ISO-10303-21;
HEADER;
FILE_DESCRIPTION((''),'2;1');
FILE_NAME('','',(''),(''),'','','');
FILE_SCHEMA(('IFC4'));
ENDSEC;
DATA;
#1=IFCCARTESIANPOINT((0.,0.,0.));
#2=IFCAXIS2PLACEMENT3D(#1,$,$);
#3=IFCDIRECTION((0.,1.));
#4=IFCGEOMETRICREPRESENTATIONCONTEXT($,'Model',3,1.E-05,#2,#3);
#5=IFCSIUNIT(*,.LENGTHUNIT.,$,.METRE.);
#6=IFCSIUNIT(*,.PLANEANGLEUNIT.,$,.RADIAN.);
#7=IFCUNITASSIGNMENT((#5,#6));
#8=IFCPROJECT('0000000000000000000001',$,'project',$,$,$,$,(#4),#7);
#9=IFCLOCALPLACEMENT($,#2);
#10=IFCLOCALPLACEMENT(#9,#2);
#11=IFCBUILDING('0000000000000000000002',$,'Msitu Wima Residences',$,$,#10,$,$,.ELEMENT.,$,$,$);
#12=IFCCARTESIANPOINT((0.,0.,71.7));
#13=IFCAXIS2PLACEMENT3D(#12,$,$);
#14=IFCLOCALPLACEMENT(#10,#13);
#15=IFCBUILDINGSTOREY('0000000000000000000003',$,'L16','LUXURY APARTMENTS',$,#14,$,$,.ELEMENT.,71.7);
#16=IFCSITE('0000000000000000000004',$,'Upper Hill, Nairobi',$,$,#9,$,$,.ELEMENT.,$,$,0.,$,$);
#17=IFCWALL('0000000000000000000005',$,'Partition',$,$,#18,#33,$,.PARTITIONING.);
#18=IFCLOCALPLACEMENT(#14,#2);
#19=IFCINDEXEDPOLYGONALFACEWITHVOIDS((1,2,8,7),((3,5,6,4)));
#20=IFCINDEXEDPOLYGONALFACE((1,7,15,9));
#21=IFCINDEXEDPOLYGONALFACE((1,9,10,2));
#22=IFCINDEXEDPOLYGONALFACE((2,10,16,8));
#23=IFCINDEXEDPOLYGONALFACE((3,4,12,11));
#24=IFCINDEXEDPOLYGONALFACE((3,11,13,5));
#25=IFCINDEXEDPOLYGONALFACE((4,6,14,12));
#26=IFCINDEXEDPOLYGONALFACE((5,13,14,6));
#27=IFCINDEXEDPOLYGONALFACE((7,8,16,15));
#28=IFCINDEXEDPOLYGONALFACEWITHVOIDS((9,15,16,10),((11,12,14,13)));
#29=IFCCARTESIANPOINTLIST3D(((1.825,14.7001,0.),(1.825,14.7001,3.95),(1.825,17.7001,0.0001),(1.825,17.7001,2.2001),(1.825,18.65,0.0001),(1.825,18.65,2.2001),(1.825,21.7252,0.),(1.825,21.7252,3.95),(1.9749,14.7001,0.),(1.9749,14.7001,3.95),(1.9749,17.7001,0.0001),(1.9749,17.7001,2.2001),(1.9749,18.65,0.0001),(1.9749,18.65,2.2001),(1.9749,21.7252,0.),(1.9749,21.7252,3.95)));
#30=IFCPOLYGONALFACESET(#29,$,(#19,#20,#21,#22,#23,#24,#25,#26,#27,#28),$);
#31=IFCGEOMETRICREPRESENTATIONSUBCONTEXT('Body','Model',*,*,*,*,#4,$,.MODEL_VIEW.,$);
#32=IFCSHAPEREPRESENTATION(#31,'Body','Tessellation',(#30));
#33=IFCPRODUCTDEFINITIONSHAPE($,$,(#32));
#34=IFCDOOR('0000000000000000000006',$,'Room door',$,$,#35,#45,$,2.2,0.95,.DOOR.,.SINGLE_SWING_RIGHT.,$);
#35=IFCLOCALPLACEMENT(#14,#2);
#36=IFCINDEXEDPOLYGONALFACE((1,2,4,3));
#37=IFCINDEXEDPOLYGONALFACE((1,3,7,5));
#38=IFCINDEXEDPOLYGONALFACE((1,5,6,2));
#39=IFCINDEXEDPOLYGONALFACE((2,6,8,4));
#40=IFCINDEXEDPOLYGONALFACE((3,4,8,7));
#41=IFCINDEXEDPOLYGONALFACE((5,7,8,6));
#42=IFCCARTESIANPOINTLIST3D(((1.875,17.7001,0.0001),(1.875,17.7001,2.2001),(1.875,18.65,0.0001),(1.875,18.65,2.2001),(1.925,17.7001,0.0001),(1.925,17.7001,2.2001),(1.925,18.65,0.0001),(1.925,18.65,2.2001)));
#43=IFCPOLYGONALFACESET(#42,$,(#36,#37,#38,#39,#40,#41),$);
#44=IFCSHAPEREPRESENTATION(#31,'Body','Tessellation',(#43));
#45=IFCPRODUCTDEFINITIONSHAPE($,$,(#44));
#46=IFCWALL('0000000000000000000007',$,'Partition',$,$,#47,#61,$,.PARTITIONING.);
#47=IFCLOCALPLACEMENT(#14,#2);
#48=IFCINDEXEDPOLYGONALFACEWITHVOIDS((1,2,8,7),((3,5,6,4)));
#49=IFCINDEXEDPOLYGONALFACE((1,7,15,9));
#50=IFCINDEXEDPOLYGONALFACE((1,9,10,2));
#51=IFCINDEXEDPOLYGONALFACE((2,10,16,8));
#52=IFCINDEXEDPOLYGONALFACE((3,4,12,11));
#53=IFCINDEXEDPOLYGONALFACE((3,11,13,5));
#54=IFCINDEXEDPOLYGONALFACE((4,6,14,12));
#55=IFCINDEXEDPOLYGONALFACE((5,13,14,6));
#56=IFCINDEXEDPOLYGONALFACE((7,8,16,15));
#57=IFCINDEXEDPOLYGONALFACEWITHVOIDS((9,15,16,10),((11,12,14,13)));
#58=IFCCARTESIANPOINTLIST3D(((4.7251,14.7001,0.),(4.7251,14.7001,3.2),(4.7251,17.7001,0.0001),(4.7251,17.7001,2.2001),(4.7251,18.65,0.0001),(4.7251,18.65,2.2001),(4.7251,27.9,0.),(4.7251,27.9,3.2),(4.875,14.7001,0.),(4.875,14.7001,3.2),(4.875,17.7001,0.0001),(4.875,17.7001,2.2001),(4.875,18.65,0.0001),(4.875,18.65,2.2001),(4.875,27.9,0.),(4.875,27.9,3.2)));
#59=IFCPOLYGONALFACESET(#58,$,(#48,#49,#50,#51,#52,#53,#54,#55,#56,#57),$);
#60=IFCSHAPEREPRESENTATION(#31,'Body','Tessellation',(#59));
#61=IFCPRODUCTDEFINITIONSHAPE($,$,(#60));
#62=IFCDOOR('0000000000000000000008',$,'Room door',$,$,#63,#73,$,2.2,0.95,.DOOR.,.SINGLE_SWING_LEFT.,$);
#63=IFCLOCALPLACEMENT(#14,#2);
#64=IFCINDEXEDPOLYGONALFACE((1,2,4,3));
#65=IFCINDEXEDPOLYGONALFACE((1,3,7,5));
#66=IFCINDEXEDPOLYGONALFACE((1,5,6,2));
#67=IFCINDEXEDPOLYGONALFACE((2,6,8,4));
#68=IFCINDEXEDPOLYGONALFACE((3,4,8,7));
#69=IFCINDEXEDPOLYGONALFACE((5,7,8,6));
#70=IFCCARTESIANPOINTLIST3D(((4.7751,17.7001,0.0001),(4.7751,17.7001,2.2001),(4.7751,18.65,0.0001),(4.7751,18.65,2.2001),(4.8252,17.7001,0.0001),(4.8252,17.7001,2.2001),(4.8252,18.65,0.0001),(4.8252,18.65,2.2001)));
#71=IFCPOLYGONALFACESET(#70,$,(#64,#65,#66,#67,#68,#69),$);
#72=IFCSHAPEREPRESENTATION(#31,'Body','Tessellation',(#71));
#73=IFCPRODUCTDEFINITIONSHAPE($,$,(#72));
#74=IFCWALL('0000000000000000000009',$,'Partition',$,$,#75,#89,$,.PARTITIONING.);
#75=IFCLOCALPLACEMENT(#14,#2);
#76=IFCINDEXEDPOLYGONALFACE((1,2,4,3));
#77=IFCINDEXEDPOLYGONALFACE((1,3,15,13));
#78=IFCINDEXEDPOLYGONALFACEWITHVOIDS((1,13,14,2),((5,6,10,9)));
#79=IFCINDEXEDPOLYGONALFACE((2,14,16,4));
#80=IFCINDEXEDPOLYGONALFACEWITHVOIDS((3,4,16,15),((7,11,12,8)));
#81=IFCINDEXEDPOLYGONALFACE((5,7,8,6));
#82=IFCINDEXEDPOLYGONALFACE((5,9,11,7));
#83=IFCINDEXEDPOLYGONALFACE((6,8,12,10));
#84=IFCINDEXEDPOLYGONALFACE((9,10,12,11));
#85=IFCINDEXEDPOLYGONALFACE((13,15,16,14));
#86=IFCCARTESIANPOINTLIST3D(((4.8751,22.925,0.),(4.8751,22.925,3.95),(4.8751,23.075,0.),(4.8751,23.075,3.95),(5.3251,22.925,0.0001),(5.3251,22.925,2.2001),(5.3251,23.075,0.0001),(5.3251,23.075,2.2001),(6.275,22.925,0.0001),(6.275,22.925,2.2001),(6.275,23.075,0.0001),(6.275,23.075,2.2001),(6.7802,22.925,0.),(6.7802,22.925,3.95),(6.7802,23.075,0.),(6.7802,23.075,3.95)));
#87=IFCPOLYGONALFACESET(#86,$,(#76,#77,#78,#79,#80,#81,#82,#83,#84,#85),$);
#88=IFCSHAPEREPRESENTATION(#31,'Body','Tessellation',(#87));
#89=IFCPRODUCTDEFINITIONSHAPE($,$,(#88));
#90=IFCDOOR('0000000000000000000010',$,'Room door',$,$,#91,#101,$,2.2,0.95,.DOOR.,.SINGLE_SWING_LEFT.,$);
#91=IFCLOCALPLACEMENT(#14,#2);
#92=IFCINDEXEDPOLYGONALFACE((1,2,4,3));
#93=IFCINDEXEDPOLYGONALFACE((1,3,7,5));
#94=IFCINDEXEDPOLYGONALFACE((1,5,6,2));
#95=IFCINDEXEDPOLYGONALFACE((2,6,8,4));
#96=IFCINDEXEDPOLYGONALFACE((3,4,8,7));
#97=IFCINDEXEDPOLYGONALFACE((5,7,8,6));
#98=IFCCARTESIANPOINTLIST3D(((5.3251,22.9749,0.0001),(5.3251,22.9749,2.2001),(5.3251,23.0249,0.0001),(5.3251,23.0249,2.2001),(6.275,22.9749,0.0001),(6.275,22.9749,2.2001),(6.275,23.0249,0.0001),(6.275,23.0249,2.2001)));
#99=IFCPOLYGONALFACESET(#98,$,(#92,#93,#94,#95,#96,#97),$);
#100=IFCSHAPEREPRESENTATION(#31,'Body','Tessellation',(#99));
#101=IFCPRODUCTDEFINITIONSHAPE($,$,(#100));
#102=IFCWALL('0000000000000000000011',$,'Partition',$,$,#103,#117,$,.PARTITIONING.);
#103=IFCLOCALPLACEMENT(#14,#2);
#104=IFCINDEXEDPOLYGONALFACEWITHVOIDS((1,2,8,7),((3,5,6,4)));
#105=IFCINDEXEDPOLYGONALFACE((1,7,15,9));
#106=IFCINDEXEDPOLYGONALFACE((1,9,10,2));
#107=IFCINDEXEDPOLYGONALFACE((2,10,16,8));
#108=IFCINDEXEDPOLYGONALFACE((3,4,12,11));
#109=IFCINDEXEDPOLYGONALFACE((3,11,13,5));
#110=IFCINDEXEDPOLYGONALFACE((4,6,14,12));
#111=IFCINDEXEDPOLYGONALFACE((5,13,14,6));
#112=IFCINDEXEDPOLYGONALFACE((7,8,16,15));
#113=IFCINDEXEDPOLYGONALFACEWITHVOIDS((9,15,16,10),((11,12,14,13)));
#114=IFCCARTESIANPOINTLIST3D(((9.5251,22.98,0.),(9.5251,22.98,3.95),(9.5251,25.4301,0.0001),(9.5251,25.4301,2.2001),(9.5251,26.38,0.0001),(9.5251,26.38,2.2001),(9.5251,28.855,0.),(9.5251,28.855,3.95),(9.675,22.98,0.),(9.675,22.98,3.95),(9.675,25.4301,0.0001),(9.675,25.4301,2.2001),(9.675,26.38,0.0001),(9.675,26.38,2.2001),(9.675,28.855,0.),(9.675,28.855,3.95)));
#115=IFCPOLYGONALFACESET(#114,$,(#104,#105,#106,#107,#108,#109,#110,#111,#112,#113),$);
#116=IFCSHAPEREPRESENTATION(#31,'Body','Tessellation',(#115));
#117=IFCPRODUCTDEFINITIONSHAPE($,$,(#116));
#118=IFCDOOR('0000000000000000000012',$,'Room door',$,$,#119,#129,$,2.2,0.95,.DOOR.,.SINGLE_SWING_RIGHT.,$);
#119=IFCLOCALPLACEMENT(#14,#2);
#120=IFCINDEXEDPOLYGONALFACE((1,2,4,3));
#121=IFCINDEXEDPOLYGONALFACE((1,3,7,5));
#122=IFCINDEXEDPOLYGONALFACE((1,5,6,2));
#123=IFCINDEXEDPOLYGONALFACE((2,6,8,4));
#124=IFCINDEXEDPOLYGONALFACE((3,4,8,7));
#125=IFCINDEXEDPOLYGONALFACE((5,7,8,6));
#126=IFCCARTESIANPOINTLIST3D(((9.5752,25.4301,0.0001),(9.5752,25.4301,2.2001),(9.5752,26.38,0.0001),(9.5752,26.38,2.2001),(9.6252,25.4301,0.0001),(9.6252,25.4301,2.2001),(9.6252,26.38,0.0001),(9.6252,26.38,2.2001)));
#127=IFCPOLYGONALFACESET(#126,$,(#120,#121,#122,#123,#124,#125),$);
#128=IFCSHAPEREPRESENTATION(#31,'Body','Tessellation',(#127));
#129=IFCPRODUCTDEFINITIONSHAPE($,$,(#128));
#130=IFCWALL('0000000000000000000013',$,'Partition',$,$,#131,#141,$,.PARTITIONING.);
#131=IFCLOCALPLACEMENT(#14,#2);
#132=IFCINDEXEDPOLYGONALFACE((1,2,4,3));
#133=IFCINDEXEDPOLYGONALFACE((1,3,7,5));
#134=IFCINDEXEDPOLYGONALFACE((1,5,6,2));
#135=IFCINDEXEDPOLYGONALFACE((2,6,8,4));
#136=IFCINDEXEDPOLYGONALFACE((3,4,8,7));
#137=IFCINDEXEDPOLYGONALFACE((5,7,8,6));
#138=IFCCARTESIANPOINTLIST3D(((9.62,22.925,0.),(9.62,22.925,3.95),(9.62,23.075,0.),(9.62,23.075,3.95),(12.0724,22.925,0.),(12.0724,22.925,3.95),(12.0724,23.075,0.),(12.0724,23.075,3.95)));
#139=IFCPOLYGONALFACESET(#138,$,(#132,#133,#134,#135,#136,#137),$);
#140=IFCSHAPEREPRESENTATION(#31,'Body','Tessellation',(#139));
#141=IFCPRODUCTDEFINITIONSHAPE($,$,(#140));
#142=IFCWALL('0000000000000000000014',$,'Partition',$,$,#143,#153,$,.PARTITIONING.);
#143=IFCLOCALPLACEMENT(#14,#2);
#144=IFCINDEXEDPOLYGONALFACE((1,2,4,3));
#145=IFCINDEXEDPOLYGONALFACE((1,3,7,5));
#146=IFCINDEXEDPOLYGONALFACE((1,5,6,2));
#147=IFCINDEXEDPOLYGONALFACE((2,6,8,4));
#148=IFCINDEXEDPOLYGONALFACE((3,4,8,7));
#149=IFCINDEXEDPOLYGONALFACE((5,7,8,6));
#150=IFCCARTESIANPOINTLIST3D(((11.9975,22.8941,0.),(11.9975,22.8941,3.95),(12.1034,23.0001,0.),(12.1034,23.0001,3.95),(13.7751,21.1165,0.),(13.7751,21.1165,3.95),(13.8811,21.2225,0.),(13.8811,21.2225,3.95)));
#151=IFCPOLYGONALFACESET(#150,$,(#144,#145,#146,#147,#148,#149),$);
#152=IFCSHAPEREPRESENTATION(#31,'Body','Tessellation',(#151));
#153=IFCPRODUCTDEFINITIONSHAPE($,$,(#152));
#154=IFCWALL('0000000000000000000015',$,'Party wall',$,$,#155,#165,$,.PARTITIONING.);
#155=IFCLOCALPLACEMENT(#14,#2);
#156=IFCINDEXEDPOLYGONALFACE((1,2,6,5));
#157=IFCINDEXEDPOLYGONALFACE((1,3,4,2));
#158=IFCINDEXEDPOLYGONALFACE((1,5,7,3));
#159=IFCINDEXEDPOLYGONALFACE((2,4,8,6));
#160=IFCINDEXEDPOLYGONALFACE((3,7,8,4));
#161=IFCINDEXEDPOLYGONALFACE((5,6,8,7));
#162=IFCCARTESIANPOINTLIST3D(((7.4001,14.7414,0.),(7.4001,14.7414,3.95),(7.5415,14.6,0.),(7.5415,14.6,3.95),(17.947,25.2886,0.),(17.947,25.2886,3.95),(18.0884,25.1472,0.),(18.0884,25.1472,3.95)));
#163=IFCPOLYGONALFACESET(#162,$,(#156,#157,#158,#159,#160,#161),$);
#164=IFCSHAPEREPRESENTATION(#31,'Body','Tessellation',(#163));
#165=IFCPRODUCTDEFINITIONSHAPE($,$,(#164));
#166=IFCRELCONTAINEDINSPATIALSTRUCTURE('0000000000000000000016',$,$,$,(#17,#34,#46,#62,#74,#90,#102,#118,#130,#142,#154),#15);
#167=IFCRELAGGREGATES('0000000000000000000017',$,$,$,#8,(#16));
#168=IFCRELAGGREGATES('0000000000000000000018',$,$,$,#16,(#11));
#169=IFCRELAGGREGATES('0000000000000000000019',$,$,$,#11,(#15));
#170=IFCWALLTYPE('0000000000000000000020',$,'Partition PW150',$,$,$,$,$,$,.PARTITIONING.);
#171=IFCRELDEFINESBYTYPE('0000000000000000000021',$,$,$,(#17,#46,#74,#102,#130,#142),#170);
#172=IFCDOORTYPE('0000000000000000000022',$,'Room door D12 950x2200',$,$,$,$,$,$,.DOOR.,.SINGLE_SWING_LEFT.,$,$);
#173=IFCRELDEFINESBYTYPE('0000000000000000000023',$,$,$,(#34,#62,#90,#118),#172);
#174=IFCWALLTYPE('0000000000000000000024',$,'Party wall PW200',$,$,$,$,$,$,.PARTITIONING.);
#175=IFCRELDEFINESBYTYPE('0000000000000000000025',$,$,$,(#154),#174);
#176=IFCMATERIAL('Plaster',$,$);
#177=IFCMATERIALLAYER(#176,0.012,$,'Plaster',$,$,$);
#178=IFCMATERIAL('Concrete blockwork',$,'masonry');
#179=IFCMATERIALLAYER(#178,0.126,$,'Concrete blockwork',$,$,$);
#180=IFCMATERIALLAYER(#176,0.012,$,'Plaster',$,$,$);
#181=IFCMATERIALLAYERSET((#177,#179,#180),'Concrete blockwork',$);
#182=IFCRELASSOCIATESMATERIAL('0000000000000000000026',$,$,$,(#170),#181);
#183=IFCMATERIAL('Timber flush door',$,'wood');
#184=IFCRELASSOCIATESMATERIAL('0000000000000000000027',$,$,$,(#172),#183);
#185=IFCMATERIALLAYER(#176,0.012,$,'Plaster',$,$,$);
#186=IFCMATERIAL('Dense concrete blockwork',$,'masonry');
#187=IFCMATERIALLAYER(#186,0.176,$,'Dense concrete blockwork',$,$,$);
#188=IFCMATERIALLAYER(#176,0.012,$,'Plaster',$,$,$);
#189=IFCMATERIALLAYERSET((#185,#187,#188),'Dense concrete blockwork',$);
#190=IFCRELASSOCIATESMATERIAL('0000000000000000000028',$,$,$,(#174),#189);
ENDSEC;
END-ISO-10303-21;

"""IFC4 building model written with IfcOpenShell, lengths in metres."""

from ifc_helpers import new_model, si_unit, direction, frame, frame_2d, origin, place, context, subcontext, project, spatial, rectangle, extrude, material, layer, layer_set, type_object, element, fill, save


model = new_model("IFC4")

# Units and contexts
model_context = context("Model", 3, precision=1e-05, world=origin(), true_north=direction((0.0, 1.0)))
body_context = subcontext(model_context, "Body", "Model", "MODEL_VIEW")
ifc_project = project(units=[si_unit("LENGTHUNIT", "METRE"), si_unit("PLANEANGLEUNIT", "RADIAN")], contexts=[model_context])

# Site, building, storey
site_placement = place(None, origin())
site = spatial("IfcSite", under=ifc_project, at=site_placement, Name="Upper Hill, Nairobi", CompositionType="ELEMENT", RefElevation=0.0)
building_placement = place(site_placement, origin())
building = spatial("IfcBuilding", under=site, at=building_placement, Name="Msitu Wima Residences", CompositionType="ELEMENT")
storey_placement = place(building_placement, frame((0.0, 0.0, 71.7)))
storey = spatial("IfcBuildingStorey", under=building, at=storey_placement, Name="L16", Description="LUXURY APARTMENTS", CompositionType="ELEMENT", Elevation=71.7)

# Walls, openings, doors
ifc_material_1 = material(Name="Plaster")
ifc_layer_1 = layer(ifc_material_1, 0.012, Name="Plaster")
ifc_material_2 = material(Name="Concrete blockwork", Category="masonry")
ifc_layer_2 = layer(ifc_material_2, 0.126, Name="Concrete blockwork")
ifc_layer_3 = layer(ifc_material_1, 0.012, Name="Plaster")
ifc_layer_set_1 = layer_set([ifc_layer_1, ifc_layer_2, ifc_layer_3], Name="Concrete blockwork")
wall_type_1 = type_object("IfcWallType", Name="Partition PW150", PredefinedType="PARTITIONING", material=ifc_layer_set_1)
wall_1_placement = place(storey_placement, frame((1.8999, 14.7, 0.0), z_axis=(0.0, 0.0, 1.0), x_axis=(0.0, 1.0, 0.0)))
wall_1 = element("IfcWall", 1, at=wall_1_placement, inside=storey, type_object=wall_type_1, Name="Partition", PredefinedType="PARTITIONING", context=body_context, shape_type="SweptSolid", body=[
    extrude(rectangle(XDim=7.0251, YDim=0.1499, at=frame_2d((3.5127, 0.0))), origin(), (0.0, 0.0, 1.0), 3.95),
])
opening_1_placement = place(wall_1_placement, frame((3.0, 0.0, 0.0)))
opening_1 = element("IfcOpeningElement", 2, at=opening_1_placement, cuts=wall_1, PredefinedType="OPENING", context=body_context, shape_type="SweptSolid", body=[
    extrude(rectangle(XDim=0.95, YDim=2.2, at=frame_2d((0.4751, 1.1001))), frame((0.0, 0.085, 0.0), z_axis=(0.0, -1.0, 0.0), x_axis=(1.0, 0.0, 0.0)), (0.0, 0.0, 1.0), 0.1699),
])
ifc_material_3 = material(Name="Timber flush door", Category="wood")
door_type_1 = type_object("IfcDoorType", Name="Room door D12 950x2200", OperationType="SINGLE_SWING_LEFT", PredefinedType="DOOR", material=ifc_material_3)
door_1_placement = place(opening_1_placement, origin())
door_1 = element("IfcDoor", 3, at=door_1_placement, inside=storey, type_object=door_type_1, Name="Room door", OperationType="SINGLE_SWING_RIGHT", OverallHeight=2.2, OverallWidth=0.95, PredefinedType="DOOR", context=body_context, shape_type="SweptSolid", body=[
    extrude(rectangle(XDim=0.95, YDim=2.2, at=frame_2d((0.4751, 1.1001))), frame((0.0, 0.0249, 0.0), z_axis=(0.0, -1.0, 0.0), x_axis=(1.0, 0.0, 0.0)), (0.0, 0.0, 1.0), 0.05),
])
fill(opening_1, door_1)
wall_2_placement = place(storey_placement, frame((4.8, 14.7, 0.0), z_axis=(0.0, 0.0, 1.0), x_axis=(0.0, 1.0, 0.0)))
wall_2 = element("IfcWall", 4, at=wall_2_placement, inside=storey, type_object=wall_type_1, Name="Partition", PredefinedType="PARTITIONING", context=body_context, shape_type="SweptSolid", body=[
    extrude(rectangle(XDim=13.2, YDim=0.1499, at=frame_2d((6.6001, 0.0))), origin(), (0.0, 0.0, 1.0), 3.2),
])
opening_2_placement = place(wall_2_placement, frame((3.0, 0.0, 0.0)))
opening_2 = element("IfcOpeningElement", 5, at=opening_2_placement, cuts=wall_2, PredefinedType="OPENING", context=body_context, shape_type="SweptSolid", body=[
    extrude(rectangle(XDim=0.95, YDim=2.2, at=frame_2d((0.4751, 1.1001))), frame((0.0, 0.085, 0.0), z_axis=(0.0, -1.0, 0.0), x_axis=(1.0, 0.0, 0.0)), (0.0, 0.0, 1.0), 0.1699),
])
door_2_placement = place(opening_2_placement, origin())
door_2 = element("IfcDoor", 6, at=door_2_placement, inside=storey, type_object=door_type_1, Name="Room door", OperationType="SINGLE_SWING_LEFT", OverallHeight=2.2, OverallWidth=0.95, PredefinedType="DOOR", context=body_context, shape_type="SweptSolid", body=[
    extrude(rectangle(XDim=0.95, YDim=2.2, at=frame_2d((0.4751, 1.1001))), frame((0.0, 0.0249, 0.0), z_axis=(0.0, -1.0, 0.0), x_axis=(1.0, 0.0, 0.0)), (0.0, 0.0, 1.0), 0.05),
])
fill(opening_2, door_2)
wall_3_placement = place(storey_placement, frame((4.875, 23.0, 0.0), z_axis=(0.0, 0.0, 1.0), x_axis=(1.0, 0.0, 0.0)))
wall_3 = element("IfcWall", 7, at=wall_3_placement, inside=storey, type_object=wall_type_1, Name="Partition", PredefinedType="PARTITIONING", context=body_context, shape_type="SweptSolid", body=[
    extrude(rectangle(XDim=1.905, YDim=0.1499, at=frame_2d((0.9526, 0.0))), origin(), (0.0, 0.0, 1.0), 3.95),
])
opening_3_placement = place(wall_3_placement, frame((0.45, 0.0, 0.0)))
opening_3 = element("IfcOpeningElement", 8, at=opening_3_placement, cuts=wall_3, PredefinedType="OPENING", context=body_context, shape_type="SweptSolid", body=[
    extrude(rectangle(XDim=0.95, YDim=2.2, at=frame_2d((0.4751, 1.1001))), frame((0.0, 0.085, 0.0), z_axis=(0.0, -1.0, 0.0), x_axis=(1.0, 0.0, 0.0)), (0.0, 0.0, 1.0), 0.1699),
])
door_3_placement = place(opening_3_placement, origin())
door_3 = element("IfcDoor", 9, at=door_3_placement, inside=storey, type_object=door_type_1, Name="Room door", OperationType="SINGLE_SWING_LEFT", OverallHeight=2.2, OverallWidth=0.95, PredefinedType="DOOR", context=body_context, shape_type="SweptSolid", body=[
    extrude(rectangle(XDim=0.95, YDim=2.2, at=frame_2d((0.4751, 1.1001))), frame((0.0, 0.0249, 0.0), z_axis=(0.0, -1.0, 0.0), x_axis=(1.0, 0.0, 0.0)), (0.0, 0.0, 1.0), 0.05),
])
fill(opening_3, door_3)
wall_4_placement = place(storey_placement, frame((9.6001, 22.98, 0.0), z_axis=(0.0, 0.0, 1.0), x_axis=(0.0, 1.0, 0.0)))
wall_4 = element("IfcWall", 10, at=wall_4_placement, inside=storey, type_object=wall_type_1, Name="Partition", PredefinedType="PARTITIONING", context=body_context, shape_type="SweptSolid", body=[
    extrude(rectangle(XDim=5.875, YDim=0.1499, at=frame_2d((2.9375, 0.0))), origin(), (0.0, 0.0, 1.0), 3.95),
])
opening_4_placement = place(wall_4_placement, frame((2.45, 0.0, 0.0)))
opening_4 = element("IfcOpeningElement", 11, at=opening_4_placement, cuts=wall_4, PredefinedType="OPENING", context=body_context, shape_type="SweptSolid", body=[
    extrude(rectangle(XDim=0.95, YDim=2.2, at=frame_2d((0.4751, 1.1001))), frame((0.0, 0.085, 0.0), z_axis=(0.0, -1.0, 0.0), x_axis=(1.0, 0.0, 0.0)), (0.0, 0.0, 1.0), 0.1699),
])
door_4_placement = place(opening_4_placement, origin())
door_4 = element("IfcDoor", 12, at=door_4_placement, inside=storey, type_object=door_type_1, Name="Room door", OperationType="SINGLE_SWING_RIGHT", OverallHeight=2.2, OverallWidth=0.95, PredefinedType="DOOR", context=body_context, shape_type="SweptSolid", body=[
    extrude(rectangle(XDim=0.95, YDim=2.2, at=frame_2d((0.4751, 1.1001))), frame((0.0, 0.0249, 0.0), z_axis=(0.0, -1.0, 0.0), x_axis=(1.0, 0.0, 0.0)), (0.0, 0.0, 1.0), 0.05),
])
fill(opening_4, door_4)

# Walls
wall_5_placement = place(storey_placement, frame((9.6201, 23.0, 0.0), z_axis=(0.0, 0.0, 1.0), x_axis=(1.0, 0.0, 0.0)))
element("IfcWall", 13, at=wall_5_placement, inside=storey, type_object=wall_type_1, Name="Partition", PredefinedType="PARTITIONING", context=body_context, shape_type="SweptSolid", body=[
    extrude(rectangle(XDim=2.4524, YDim=0.1499, at=frame_2d((1.2261, 0.0))), origin(), (0.0, 0.0, 1.0), 3.95),
])
wall_6_placement = place(storey_placement, frame((12.0505, 22.947, 0.0), z_axis=(0.0, 0.0, 1.0), x_axis=(0.707107, -0.707107, 0.0)))
element("IfcWall", 14, at=wall_6_placement, inside=storey, type_object=wall_type_1, Name="Partition", PredefinedType="PARTITIONING", context=body_context, shape_type="SweptSolid", body=[
    extrude(rectangle(XDim=2.5139, YDim=0.1499, at=frame_2d((1.2568, 0.0))), origin(), (0.0, 0.0, 1.0), 3.95),
])
ifc_layer_4 = layer(ifc_material_1, 0.012, Name="Plaster")
ifc_material_4 = material(Name="Dense concrete blockwork", Category="masonry")
ifc_layer_5 = layer(ifc_material_4, 0.176, Name="Dense concrete blockwork")
ifc_layer_6 = layer(ifc_material_1, 0.012, Name="Plaster")
ifc_layer_set_2 = layer_set([ifc_layer_4, ifc_layer_5, ifc_layer_6], Name="Dense concrete blockwork")
wall_type_2 = type_object("IfcWallType", Name="Party wall PW200", PredefinedType="PARTITIONING", material=ifc_layer_set_2)
wall_7_placement = place(storey_placement, frame((7.4707, 14.6707, 0.0), z_axis=(0.0, 0.0, 1.0), x_axis=(0.707099, 0.707115, 0.0)))
element("IfcWall", 15, at=wall_7_placement, inside=storey, type_object=wall_type_2, Name="Party wall", PredefinedType="PARTITIONING", context=body_context, shape_type="SweptSolid", body=[
    extrude(rectangle(XDim=14.9158, YDim=0.2, at=frame_2d((7.458, 0.0))), origin(), (0.0, 0.0, 1.0), 3.95),
])

save(model, "model.ifc")
